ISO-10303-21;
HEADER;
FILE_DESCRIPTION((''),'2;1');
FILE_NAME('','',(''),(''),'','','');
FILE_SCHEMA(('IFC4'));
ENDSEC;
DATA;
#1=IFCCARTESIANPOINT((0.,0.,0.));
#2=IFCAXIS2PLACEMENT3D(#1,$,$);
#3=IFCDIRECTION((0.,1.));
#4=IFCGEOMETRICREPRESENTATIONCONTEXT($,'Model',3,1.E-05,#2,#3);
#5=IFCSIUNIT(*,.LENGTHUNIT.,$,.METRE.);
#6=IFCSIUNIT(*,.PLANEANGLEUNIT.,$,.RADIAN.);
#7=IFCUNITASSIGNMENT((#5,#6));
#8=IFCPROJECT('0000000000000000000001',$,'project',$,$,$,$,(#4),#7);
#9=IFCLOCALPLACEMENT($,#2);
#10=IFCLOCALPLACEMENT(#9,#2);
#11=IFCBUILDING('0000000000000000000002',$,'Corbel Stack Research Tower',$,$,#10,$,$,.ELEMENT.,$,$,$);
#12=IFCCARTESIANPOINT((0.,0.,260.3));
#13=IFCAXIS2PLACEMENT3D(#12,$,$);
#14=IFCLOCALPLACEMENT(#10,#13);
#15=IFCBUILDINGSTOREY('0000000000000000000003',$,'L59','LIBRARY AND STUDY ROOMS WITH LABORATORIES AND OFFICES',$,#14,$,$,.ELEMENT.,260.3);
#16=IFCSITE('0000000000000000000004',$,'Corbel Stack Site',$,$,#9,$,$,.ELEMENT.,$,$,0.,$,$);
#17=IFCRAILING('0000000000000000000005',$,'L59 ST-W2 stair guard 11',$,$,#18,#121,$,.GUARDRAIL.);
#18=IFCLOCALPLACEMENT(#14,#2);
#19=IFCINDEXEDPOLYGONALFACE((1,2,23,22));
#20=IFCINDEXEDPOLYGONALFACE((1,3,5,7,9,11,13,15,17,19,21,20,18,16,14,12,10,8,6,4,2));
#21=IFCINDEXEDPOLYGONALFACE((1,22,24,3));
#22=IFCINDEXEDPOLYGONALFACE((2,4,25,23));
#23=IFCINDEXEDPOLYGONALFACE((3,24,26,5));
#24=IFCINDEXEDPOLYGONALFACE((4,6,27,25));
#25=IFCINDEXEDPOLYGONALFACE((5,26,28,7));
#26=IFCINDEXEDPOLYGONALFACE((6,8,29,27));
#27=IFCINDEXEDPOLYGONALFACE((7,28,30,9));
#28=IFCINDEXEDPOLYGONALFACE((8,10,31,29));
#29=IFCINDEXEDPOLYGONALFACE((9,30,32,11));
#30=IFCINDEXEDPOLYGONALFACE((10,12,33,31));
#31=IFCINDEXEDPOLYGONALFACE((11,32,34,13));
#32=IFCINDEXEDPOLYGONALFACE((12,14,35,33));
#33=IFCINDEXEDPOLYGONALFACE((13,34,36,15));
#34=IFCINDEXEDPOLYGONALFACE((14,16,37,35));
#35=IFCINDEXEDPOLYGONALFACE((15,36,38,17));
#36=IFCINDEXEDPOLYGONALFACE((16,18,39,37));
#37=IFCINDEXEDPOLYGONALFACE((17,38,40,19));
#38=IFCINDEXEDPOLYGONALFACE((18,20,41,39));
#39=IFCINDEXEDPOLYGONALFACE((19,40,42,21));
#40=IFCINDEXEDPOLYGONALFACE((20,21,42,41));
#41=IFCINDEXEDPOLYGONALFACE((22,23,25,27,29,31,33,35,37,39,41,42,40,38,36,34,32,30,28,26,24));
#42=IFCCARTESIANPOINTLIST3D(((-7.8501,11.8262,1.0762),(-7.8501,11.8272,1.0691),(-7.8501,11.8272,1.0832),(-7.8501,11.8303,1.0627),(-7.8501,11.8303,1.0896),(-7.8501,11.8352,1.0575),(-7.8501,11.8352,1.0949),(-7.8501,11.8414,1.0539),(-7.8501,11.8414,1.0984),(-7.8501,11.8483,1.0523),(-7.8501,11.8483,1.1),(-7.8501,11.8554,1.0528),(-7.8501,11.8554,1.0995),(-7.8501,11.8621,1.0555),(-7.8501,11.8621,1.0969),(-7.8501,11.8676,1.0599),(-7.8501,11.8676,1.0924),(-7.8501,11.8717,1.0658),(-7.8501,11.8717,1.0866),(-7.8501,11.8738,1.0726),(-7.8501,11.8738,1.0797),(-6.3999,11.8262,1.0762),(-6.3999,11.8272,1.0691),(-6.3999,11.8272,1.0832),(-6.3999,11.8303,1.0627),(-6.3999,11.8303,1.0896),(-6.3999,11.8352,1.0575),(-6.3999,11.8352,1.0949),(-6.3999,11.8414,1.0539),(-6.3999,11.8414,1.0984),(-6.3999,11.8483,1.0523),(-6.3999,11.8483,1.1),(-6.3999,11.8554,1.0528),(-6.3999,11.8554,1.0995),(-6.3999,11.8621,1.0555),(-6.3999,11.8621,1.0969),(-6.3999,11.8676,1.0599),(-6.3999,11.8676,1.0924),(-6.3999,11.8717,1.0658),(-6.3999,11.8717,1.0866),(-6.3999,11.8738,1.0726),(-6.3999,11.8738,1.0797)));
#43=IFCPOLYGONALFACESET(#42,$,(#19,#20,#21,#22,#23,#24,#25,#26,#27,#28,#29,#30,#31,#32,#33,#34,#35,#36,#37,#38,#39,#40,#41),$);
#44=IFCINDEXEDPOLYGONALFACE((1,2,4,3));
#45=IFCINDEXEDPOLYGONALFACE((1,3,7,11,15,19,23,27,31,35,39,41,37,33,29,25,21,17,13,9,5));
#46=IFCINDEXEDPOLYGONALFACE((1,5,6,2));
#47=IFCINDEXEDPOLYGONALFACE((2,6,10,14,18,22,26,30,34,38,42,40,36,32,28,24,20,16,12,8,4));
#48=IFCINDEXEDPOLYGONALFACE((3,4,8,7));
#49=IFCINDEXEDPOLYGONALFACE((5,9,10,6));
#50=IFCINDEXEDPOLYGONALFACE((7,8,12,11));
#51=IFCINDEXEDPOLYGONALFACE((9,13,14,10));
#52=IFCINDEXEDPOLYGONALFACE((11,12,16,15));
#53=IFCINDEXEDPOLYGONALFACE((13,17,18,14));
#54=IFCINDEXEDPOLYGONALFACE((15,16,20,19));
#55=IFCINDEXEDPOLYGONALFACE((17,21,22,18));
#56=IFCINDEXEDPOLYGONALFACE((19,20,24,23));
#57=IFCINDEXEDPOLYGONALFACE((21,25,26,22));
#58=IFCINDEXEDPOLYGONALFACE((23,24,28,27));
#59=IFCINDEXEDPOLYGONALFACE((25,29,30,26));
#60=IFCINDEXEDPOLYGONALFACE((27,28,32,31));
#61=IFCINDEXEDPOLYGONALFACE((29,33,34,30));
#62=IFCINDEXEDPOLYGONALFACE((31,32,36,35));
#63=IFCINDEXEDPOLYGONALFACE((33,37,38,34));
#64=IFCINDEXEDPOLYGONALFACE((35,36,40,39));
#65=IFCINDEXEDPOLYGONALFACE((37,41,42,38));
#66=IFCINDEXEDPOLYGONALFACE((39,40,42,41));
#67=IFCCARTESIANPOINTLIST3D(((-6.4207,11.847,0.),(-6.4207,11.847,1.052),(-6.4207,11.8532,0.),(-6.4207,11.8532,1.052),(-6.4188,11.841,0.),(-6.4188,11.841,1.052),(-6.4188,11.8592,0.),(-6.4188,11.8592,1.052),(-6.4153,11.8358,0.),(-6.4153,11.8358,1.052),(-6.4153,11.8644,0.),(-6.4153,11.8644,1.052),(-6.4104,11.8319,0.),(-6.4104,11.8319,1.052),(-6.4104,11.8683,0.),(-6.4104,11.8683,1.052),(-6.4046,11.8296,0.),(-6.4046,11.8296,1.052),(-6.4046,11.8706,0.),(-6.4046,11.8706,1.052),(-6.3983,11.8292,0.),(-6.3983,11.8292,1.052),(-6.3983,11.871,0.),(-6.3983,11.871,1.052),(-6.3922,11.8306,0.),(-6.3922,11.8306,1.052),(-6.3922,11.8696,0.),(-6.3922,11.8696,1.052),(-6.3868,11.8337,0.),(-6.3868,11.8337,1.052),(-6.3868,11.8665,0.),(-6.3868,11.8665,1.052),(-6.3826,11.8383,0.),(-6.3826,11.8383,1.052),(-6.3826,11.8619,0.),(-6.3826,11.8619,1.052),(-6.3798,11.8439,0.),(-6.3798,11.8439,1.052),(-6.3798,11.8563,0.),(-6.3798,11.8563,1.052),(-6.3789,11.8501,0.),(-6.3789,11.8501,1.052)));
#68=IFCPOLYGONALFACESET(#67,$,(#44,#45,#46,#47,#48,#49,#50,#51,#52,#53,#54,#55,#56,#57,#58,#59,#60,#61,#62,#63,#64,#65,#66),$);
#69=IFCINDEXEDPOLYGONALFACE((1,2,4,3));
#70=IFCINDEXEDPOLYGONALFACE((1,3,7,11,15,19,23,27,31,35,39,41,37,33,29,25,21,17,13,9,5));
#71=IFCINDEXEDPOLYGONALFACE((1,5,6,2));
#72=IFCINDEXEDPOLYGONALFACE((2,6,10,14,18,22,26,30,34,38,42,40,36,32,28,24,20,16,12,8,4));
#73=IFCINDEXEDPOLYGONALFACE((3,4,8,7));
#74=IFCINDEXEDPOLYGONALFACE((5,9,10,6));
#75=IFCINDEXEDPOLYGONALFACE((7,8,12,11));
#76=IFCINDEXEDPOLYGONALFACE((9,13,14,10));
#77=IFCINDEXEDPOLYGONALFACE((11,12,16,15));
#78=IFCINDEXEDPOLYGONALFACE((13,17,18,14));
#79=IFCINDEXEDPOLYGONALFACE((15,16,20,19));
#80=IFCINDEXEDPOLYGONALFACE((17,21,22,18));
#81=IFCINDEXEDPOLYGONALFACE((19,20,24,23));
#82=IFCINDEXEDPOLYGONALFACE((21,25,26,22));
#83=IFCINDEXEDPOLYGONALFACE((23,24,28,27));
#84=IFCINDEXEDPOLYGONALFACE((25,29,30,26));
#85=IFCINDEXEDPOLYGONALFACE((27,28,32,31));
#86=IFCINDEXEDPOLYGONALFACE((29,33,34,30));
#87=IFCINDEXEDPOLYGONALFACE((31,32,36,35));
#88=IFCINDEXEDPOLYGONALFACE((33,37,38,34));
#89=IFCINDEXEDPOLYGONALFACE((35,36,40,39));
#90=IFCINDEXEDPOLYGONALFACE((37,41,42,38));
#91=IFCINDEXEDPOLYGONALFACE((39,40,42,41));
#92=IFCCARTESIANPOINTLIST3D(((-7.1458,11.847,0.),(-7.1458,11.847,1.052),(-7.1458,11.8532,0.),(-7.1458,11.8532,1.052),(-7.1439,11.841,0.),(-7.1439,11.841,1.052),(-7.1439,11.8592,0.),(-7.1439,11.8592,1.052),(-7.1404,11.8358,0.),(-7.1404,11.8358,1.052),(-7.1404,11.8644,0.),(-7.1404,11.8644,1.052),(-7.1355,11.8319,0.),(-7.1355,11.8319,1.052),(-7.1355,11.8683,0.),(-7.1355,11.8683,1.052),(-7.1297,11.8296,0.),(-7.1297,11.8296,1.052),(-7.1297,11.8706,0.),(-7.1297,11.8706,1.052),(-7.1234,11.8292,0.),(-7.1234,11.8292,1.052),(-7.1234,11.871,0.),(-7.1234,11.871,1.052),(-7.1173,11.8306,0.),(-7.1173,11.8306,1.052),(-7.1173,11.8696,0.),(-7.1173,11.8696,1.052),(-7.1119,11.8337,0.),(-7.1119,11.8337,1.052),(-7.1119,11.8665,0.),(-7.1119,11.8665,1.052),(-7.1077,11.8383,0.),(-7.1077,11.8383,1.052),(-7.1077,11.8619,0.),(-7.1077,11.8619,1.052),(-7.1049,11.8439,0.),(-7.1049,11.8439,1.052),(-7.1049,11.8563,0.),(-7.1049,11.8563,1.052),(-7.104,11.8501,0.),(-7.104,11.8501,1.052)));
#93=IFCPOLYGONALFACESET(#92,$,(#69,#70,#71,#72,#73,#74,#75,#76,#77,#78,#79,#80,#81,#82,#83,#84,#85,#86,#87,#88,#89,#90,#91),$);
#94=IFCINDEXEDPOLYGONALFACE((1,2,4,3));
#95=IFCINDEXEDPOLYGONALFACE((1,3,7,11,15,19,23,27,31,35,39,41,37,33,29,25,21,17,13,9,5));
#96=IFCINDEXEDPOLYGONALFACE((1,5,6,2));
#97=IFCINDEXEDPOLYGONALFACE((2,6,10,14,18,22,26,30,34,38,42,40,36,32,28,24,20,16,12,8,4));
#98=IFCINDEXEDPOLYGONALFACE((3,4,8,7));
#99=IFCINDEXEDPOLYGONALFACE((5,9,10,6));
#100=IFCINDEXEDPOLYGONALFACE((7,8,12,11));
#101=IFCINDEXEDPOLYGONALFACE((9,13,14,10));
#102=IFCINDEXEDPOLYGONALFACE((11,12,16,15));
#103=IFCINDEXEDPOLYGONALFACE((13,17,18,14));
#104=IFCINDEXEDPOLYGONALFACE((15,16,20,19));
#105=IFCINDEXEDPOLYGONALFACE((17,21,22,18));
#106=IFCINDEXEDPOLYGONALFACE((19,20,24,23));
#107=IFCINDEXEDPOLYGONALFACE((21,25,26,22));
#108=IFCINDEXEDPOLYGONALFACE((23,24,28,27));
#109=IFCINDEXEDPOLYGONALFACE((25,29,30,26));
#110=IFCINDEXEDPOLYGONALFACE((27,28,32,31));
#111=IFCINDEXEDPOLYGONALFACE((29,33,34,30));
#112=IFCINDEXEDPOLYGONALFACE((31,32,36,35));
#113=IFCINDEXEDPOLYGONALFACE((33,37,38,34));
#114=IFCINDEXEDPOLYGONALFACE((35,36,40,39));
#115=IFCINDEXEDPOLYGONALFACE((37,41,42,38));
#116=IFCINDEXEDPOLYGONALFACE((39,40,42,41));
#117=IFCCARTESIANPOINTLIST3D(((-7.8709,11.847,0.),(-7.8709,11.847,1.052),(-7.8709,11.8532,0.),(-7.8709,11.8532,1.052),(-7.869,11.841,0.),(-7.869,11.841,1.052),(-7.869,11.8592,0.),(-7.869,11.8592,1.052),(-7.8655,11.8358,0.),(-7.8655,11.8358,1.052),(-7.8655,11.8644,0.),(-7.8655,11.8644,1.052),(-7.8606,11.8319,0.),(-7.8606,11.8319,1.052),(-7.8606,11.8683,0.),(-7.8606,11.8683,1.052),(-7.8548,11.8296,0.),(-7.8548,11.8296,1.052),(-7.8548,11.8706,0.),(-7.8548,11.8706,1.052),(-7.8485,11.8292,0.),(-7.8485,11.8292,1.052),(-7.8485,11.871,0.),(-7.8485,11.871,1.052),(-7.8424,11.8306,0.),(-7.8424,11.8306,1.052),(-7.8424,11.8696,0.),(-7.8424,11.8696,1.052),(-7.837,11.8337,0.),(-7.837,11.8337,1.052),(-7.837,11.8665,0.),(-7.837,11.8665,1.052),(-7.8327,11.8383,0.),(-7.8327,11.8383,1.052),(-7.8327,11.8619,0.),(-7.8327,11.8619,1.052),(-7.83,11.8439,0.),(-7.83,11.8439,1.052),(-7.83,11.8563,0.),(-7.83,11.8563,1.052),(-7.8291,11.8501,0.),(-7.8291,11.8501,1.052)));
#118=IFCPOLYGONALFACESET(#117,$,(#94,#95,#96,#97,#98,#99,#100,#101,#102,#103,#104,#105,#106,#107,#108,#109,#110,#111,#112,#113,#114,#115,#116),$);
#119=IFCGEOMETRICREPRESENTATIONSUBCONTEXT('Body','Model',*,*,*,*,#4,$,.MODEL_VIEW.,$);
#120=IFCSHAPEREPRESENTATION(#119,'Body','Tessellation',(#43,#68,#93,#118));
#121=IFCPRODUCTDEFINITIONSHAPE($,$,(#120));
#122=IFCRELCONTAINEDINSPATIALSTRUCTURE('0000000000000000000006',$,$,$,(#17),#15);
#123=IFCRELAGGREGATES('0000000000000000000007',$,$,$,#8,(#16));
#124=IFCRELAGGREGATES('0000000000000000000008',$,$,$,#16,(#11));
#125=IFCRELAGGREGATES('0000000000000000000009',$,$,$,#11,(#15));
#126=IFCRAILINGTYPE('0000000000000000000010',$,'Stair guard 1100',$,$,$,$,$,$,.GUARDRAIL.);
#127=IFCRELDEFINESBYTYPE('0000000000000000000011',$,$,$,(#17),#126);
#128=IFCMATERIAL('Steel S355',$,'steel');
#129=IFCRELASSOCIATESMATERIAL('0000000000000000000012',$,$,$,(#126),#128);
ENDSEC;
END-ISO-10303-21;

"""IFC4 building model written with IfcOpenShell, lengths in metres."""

from ifc_helpers import new_model, si_unit, direction, frame, origin, origin_2d, place, context, subcontext, project, spatial, circle, extrude, material, type_object, element, save


model = new_model("IFC4")

# Units and contexts
model_context = context("Model", 3, precision=1e-05, world=origin(), true_north=direction((0.0, 1.0)))
body_context = subcontext(model_context, "Body", "Model", "MODEL_VIEW")
ifc_project = project(units=[si_unit("LENGTHUNIT", "METRE"), si_unit("PLANEANGLEUNIT", "RADIAN")], contexts=[model_context])

# Site, building, storey
site_placement = place(None, origin())
site = spatial("IfcSite", under=ifc_project, at=site_placement, Name="Corbel Stack Site", CompositionType="ELEMENT", RefElevation=0.0)
building_placement = place(site_placement, origin())
building = spatial("IfcBuilding", under=site, at=building_placement, Name="Corbel Stack Research Tower", CompositionType="ELEMENT")
storey_placement = place(building_placement, frame((0.0, 0.0, 260.3)))
storey = spatial("IfcBuildingStorey", under=building, at=storey_placement, Name="L59", Description="LIBRARY AND STUDY ROOMS WITH LABORATORIES AND OFFICES", CompositionType="ELEMENT", Elevation=260.3)

# Railing
ifc_material_1 = material(Name="Steel S355", Category="steel")
railing_type_1 = type_object("IfcRailingType", Name="Stair guard 1100", PredefinedType="GUARDRAIL", material=ifc_material_1)
railing_1_placement = place(storey_placement, frame((-6.3999, 11.8501, 0.0)))
element("IfcRailing", 1, at=railing_1_placement, inside=storey, type_object=railing_type_1, Name="L59 ST-W2 stair guard 11", PredefinedType="GUARDRAIL", context=body_context, shape_type="SweptSolid", body=[
    extrude(circle(Radius=0.0239, at=origin_2d()), frame((0.0, 0.0, 1.0762), z_axis=(-1.0, 0.0, 0.0), x_axis=(0.0, -1.0, 0.0)), (0.0, 0.0, 1.0), 1.4502),
    extrude(circle(Radius=0.021, at=origin_2d()), origin(), (0.0, 0.0, 1.0), 1.052),
    extrude(circle(Radius=0.021, at=origin_2d()), frame((-0.7251, 0.0, 0.0)), (0.0, 0.0, 1.0), 1.052),
    extrude(circle(Radius=0.021, at=origin_2d()), frame((-1.4502, 0.0, 0.0)), (0.0, 0.0, 1.0), 1.052),
])

save(model, "model.ifc")
